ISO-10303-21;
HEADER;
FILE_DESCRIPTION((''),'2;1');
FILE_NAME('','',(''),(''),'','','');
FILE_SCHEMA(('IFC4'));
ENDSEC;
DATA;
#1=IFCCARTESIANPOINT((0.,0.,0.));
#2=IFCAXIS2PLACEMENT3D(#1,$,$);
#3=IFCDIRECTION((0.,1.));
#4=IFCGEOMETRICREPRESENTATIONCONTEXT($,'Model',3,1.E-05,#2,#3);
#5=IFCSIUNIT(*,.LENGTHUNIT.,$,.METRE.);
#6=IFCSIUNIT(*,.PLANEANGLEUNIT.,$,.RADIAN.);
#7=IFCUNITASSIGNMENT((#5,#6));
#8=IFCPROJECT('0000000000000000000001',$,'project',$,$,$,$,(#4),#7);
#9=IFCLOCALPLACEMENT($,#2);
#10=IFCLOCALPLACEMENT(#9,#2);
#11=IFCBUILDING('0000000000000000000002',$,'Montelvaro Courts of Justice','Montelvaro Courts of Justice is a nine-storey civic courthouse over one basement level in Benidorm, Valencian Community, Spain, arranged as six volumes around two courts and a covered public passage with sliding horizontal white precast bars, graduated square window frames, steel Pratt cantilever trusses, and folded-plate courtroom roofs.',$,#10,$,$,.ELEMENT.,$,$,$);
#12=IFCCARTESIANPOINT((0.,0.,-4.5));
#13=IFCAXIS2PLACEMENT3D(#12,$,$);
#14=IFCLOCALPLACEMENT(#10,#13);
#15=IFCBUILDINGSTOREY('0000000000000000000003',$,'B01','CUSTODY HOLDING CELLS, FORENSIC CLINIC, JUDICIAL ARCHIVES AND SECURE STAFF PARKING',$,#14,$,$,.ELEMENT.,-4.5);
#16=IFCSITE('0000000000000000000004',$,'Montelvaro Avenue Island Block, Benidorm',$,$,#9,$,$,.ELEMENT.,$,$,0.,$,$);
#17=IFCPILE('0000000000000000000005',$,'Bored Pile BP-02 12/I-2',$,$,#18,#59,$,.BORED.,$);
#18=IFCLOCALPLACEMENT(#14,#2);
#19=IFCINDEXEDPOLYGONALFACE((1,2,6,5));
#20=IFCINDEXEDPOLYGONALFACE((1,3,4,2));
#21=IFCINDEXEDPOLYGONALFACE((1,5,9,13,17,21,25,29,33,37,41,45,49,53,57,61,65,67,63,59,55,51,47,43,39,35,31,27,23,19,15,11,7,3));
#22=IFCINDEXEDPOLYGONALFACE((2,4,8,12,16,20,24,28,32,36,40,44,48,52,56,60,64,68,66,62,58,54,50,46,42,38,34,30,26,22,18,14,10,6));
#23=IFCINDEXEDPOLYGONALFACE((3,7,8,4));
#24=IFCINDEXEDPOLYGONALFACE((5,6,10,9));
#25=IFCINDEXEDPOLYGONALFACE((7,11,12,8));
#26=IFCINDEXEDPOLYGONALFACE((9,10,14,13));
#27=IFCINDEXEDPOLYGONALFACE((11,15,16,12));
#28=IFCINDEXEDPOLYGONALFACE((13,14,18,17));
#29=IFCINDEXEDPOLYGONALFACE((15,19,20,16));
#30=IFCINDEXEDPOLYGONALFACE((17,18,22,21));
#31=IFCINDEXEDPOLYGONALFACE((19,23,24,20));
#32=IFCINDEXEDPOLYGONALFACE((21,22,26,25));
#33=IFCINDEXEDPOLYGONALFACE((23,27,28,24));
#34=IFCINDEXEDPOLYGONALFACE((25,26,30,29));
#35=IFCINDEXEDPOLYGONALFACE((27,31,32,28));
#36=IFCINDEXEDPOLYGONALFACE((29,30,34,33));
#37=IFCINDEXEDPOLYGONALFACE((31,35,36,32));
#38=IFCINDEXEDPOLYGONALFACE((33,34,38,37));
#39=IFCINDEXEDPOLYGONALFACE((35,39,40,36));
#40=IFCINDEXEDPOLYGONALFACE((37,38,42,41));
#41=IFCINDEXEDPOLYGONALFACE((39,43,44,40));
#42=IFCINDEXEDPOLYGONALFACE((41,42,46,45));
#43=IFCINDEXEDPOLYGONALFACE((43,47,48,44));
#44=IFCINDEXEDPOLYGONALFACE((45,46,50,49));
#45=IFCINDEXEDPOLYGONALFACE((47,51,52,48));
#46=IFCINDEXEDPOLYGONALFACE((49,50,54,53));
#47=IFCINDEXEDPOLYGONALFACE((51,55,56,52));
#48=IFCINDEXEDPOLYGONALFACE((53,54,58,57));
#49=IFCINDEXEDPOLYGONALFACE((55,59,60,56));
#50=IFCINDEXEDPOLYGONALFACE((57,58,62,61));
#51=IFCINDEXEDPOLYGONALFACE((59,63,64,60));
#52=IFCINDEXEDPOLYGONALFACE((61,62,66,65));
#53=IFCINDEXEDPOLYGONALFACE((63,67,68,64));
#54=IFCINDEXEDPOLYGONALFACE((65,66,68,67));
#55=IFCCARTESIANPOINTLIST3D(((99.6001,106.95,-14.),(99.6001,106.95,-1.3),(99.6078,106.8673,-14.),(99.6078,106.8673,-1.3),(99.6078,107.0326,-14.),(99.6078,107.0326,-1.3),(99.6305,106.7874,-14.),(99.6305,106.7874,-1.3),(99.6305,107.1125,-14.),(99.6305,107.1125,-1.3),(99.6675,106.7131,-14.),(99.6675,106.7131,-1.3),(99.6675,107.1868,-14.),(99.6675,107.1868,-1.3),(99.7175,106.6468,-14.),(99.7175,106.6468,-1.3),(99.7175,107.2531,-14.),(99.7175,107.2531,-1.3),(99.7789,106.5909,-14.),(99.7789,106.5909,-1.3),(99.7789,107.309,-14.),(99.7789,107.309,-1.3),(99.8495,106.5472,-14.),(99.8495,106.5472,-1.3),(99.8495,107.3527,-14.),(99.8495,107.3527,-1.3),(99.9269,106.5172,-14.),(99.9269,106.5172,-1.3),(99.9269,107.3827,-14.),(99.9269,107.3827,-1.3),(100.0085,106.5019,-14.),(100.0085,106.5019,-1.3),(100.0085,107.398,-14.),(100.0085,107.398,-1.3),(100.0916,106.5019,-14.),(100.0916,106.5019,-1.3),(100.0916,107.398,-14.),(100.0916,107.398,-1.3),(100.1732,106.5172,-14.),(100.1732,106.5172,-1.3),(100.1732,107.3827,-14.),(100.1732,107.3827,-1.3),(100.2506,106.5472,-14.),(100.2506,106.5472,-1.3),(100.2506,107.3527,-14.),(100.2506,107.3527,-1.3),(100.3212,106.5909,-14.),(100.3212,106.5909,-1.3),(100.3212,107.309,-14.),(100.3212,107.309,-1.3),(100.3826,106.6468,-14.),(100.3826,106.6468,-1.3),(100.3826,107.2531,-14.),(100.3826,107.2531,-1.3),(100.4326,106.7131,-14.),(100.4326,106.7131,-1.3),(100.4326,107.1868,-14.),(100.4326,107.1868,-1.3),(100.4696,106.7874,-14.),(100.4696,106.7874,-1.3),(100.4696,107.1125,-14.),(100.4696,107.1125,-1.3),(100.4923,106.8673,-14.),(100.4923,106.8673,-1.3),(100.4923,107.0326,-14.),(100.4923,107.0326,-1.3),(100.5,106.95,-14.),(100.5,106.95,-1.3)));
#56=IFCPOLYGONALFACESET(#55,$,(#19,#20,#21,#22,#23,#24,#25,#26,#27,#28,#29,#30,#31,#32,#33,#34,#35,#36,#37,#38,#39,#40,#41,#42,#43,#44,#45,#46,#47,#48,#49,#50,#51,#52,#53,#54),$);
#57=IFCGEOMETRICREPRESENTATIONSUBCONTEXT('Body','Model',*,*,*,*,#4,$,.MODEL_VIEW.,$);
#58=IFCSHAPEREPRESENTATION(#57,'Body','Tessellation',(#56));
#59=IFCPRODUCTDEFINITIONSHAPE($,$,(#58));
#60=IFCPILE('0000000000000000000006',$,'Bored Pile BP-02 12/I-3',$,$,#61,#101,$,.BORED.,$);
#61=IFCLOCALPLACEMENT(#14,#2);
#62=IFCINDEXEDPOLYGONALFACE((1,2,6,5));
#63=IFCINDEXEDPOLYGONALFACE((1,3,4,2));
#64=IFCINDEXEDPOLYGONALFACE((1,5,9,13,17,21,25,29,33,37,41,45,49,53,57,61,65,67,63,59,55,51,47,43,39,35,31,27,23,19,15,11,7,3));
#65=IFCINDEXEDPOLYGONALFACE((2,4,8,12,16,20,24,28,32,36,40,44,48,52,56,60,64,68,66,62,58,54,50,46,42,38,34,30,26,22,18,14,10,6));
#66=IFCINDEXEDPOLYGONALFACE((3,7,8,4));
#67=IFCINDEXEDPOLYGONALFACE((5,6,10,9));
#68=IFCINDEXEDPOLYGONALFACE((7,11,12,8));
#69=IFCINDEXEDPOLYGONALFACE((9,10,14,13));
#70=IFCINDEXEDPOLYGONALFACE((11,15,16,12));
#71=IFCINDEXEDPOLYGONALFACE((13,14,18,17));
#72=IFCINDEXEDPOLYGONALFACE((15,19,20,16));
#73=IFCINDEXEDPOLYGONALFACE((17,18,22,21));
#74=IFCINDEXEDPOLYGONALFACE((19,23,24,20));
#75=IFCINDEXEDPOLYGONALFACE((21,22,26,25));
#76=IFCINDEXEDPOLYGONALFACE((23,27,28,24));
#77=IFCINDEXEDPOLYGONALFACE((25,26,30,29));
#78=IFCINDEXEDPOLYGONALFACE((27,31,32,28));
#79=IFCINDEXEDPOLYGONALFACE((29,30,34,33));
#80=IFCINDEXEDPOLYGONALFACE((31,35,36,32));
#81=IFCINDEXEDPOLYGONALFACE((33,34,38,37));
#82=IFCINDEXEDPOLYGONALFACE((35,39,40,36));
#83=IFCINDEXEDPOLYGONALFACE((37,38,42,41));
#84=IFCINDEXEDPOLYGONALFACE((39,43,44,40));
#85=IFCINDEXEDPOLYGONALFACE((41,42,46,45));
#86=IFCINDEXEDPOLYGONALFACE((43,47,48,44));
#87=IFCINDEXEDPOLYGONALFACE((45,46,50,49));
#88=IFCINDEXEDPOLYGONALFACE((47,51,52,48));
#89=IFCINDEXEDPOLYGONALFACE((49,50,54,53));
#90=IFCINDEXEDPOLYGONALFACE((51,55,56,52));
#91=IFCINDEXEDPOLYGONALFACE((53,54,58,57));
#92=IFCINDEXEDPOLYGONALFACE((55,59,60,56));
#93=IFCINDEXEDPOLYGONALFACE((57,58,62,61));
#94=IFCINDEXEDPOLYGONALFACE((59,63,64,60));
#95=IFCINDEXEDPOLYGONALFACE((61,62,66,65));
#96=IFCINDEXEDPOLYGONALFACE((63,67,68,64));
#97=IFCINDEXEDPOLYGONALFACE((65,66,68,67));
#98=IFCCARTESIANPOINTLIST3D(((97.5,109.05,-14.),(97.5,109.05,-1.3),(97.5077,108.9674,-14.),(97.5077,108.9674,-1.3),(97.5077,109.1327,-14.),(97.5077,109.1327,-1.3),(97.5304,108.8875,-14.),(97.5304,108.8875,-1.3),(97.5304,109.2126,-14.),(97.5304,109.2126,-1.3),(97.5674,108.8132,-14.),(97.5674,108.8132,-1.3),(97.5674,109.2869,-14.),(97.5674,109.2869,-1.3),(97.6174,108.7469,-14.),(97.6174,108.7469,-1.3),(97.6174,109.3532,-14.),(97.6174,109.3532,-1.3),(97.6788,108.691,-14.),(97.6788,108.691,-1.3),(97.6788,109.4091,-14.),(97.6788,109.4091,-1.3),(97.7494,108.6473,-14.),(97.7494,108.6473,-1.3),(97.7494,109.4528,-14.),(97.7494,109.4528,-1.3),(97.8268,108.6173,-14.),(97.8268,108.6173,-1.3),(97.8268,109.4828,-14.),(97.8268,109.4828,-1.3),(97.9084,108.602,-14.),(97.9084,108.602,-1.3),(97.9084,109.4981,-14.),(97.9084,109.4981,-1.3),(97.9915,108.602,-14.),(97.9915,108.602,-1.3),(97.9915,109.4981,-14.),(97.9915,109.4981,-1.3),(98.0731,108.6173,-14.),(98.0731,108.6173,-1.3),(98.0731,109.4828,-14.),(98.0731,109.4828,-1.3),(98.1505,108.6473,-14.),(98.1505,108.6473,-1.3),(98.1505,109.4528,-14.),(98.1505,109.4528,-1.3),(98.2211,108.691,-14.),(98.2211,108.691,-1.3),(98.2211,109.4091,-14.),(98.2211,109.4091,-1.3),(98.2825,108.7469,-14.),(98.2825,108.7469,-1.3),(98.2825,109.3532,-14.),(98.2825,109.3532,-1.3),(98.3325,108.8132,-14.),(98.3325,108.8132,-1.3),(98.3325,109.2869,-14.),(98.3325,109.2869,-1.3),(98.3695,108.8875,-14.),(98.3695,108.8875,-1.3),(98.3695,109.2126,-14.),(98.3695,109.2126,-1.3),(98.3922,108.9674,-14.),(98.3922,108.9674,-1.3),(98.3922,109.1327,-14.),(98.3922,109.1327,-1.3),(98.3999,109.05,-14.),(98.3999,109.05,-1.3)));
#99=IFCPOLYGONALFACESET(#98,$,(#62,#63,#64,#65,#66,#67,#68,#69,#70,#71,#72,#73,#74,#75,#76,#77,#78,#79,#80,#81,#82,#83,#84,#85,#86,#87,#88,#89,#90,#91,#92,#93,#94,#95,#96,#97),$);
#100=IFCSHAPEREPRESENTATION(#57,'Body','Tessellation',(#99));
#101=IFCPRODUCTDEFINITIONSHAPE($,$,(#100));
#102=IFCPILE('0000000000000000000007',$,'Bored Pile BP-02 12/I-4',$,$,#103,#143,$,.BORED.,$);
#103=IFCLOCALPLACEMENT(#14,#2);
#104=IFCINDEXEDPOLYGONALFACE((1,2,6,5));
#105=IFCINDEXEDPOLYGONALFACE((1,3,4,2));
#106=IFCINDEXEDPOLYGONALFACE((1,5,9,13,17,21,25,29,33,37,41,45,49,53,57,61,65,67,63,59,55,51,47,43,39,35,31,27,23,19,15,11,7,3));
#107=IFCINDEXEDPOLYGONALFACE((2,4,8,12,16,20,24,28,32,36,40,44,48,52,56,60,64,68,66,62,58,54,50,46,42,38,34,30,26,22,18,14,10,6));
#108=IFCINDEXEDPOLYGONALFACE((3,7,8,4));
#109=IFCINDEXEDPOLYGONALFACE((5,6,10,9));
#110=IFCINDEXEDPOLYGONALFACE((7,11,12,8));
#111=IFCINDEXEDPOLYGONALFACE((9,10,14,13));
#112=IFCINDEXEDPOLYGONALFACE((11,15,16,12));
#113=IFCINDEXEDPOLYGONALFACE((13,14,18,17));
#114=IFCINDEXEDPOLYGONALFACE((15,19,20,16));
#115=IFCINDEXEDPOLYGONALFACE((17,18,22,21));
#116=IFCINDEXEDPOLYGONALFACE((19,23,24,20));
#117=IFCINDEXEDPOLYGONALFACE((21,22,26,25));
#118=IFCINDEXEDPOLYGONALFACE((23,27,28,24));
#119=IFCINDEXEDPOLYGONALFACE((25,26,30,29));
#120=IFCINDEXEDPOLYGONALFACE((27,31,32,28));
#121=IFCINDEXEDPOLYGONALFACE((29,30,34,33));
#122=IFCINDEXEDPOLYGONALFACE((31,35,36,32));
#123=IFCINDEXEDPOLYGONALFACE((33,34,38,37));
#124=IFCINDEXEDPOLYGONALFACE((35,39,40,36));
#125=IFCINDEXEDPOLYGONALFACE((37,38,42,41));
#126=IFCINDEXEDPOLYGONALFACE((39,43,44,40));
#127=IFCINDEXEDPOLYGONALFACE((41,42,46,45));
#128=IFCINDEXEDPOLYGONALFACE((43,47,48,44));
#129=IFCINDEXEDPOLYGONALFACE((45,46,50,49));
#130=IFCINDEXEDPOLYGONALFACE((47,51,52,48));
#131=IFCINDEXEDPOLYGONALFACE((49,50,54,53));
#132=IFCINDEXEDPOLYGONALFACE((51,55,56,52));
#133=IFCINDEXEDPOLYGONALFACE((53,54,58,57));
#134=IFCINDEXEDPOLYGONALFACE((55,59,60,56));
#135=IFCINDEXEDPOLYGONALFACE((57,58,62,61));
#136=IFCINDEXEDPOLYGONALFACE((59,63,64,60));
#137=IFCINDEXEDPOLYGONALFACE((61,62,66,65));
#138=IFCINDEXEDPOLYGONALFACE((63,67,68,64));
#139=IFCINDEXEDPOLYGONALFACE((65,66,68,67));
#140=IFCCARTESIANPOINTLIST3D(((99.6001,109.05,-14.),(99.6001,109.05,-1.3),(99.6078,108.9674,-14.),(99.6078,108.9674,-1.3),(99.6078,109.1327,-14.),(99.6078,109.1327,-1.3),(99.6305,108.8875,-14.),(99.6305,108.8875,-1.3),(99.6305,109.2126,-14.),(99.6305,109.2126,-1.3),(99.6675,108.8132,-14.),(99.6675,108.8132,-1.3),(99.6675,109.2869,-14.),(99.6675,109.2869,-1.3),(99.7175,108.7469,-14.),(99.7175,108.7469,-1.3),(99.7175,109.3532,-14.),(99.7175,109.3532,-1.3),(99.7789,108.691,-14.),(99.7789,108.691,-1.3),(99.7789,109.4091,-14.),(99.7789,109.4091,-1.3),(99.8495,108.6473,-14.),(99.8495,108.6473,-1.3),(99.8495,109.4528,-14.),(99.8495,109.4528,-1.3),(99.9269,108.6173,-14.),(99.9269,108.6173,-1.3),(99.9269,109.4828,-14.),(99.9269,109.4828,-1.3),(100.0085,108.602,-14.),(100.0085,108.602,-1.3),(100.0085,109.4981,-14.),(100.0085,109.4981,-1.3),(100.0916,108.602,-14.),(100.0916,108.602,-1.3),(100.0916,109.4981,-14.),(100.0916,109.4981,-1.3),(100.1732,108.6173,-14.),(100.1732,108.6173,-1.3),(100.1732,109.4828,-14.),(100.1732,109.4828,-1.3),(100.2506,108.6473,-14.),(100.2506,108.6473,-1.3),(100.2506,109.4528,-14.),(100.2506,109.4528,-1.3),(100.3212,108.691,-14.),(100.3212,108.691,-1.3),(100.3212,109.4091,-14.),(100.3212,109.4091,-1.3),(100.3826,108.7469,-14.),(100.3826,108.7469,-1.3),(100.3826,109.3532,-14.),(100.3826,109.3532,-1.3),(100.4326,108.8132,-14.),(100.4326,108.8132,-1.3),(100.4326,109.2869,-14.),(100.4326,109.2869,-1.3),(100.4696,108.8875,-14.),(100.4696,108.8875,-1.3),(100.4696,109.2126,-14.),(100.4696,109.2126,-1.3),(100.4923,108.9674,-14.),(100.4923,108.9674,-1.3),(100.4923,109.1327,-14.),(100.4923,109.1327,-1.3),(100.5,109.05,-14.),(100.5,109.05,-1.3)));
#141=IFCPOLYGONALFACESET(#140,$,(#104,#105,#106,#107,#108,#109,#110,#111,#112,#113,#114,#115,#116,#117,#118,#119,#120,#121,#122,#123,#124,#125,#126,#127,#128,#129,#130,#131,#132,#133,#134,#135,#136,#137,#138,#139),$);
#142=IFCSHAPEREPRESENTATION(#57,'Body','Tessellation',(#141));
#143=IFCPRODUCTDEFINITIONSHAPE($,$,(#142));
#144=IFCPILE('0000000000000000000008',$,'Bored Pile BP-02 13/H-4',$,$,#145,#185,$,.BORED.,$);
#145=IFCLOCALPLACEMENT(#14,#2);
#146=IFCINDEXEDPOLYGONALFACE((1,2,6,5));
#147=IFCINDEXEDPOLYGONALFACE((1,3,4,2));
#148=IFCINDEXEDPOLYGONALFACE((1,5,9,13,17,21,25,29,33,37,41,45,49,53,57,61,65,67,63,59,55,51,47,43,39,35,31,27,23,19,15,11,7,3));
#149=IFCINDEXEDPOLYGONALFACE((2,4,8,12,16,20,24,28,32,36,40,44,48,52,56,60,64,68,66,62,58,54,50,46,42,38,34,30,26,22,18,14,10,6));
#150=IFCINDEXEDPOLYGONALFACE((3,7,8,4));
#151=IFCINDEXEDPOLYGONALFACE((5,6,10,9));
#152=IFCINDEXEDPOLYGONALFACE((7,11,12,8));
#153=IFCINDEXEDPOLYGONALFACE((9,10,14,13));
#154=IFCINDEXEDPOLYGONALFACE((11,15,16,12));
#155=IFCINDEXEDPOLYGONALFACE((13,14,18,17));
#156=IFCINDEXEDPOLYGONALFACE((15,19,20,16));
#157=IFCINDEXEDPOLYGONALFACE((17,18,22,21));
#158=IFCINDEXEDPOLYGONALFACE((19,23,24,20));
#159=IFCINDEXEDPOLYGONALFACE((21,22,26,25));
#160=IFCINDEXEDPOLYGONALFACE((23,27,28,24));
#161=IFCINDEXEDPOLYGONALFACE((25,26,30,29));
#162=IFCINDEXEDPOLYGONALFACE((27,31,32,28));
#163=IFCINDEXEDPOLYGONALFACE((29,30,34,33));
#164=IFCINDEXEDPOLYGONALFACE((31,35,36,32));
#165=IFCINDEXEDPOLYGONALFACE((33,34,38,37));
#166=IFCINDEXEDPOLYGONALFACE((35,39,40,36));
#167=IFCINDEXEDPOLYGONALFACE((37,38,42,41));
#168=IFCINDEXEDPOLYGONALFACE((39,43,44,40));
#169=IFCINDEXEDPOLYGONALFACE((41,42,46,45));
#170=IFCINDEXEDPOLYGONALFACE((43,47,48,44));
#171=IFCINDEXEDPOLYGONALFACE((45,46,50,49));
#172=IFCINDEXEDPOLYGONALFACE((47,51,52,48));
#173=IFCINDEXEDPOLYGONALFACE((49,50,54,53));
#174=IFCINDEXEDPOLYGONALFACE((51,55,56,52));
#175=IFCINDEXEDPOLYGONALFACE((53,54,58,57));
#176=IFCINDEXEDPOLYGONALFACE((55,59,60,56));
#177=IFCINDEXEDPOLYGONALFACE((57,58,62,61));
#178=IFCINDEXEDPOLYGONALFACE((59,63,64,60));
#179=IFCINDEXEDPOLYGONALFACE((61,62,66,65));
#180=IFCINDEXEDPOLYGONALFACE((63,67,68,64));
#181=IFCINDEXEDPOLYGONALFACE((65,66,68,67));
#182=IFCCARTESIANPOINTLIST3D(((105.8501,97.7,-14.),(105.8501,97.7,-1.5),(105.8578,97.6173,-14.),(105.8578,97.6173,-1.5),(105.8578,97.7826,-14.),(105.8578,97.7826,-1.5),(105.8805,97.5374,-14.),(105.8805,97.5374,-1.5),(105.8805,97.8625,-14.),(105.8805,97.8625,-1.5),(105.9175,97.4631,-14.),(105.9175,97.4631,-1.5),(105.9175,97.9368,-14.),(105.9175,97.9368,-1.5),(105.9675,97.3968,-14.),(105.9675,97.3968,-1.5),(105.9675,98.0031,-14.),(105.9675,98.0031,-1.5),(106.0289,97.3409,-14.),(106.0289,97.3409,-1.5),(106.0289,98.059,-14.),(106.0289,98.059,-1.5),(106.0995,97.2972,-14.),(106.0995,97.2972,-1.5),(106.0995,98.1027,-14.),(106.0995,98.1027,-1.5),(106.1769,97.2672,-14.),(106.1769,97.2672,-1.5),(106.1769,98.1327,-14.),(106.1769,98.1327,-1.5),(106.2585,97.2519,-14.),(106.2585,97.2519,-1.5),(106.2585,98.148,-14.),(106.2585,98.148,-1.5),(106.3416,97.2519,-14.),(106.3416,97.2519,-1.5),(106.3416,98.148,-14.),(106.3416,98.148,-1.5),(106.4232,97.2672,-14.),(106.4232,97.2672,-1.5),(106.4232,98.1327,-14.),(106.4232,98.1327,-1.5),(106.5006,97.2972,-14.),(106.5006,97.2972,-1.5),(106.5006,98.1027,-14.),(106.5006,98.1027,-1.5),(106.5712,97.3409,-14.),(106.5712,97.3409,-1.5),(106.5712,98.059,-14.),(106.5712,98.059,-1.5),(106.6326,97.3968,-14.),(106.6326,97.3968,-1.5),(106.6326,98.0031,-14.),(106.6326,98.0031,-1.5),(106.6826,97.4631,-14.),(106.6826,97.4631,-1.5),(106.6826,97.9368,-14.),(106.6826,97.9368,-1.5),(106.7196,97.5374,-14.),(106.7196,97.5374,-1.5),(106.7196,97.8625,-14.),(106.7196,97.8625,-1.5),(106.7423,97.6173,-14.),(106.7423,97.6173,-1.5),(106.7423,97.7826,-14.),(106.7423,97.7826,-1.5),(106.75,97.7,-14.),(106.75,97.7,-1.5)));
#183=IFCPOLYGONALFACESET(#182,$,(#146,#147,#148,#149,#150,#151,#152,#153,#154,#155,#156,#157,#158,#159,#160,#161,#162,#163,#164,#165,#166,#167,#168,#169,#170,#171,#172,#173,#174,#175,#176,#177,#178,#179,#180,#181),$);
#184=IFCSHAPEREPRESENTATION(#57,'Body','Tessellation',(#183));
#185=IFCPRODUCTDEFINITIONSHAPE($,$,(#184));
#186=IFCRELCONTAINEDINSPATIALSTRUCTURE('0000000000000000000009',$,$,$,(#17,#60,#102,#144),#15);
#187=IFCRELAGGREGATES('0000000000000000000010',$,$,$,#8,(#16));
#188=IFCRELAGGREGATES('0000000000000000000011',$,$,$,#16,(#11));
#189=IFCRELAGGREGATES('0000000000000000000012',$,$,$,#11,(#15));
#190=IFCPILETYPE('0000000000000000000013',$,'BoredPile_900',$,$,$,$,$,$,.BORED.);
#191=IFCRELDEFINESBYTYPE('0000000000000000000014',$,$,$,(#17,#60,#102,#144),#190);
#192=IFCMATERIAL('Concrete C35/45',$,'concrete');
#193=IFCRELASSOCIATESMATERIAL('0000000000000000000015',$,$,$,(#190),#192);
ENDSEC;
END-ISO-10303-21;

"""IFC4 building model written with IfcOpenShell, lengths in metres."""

from ifc_helpers import new_model, si_unit, direction, frame, origin, origin_2d, place, context, subcontext, project, spatial, circle, extrude, material, material_profile, profile_set, type_object, element, save


model = new_model("IFC4")

# Units and contexts
model_context = context("Model", 3, precision=1e-05, world=origin(), true_north=direction((0.0, 1.0)))
body_context = subcontext(model_context, "Body", "Model", "MODEL_VIEW")
ifc_project = project(units=[si_unit("LENGTHUNIT", "METRE"), si_unit("PLANEANGLEUNIT", "RADIAN")], contexts=[model_context])

# Site, building, storey
site_placement = place(None, origin())
site = spatial("IfcSite", under=ifc_project, at=site_placement, Name="Montelvaro Avenue Island Block, Benidorm", CompositionType="ELEMENT", RefElevation=0.0)
building_placement = place(site_placement, origin())
building = spatial("IfcBuilding", under=site, at=building_placement, Name="Montelvaro Courts of Justice", Description="Montelvaro Courts of Justice is a nine-storey civic courthouse over one basement level in Benidorm, Valencian Community, Spain, arranged as six volumes around two courts and a covered public passage with sliding horizontal white precast bars, graduated square window frames, steel Pratt cantilever trusses, and folded-plate courtroom roofs.", CompositionType="ELEMENT")
storey_placement = place(building_placement, frame((0.0, 0.0, -4.5)))
storey = spatial("IfcBuildingStorey", under=building, at=storey_placement, Name="B01", Description="CUSTODY HOLDING CELLS, FORENSIC CLINIC, JUDICIAL ARCHIVES AND SECURE STAFF PARKING", CompositionType="ELEMENT", Elevation=-4.5)

# Piles
ifc_material_1 = material(Name="Concrete C35/45", Category="concrete")
ifc_material_profile_1 = material_profile(ifc_material_1, circle(Radius=0.45, at=origin_2d()), Name="BORED PILE D900")
ifc_profile_set_1 = profile_set([ifc_material_profile_1], Name="Concrete C35/45")
pile_type_1 = type_object("IfcPileType", Name="BoredPile_900", PredefinedType="BORED", material=ifc_profile_set_1)
for number, where, z_axis, x_axis, name in (
    (1, (100.05, 106.95, -1.3), (0.0, 0.0, -1.0), (1.0, 0.0, 0.0), "Bored Pile BP-02 12/I-2"),
    (2, (97.95, 109.05, -1.3), (0.0, 0.0, -1.0), (1.0, 0.0, 0.0), "Bored Pile BP-02 12/I-3"),
    (3, (100.05, 109.05, -1.3), (0.0, 0.0, -1.0), (1.0, 0.0, 0.0), "Bored Pile BP-02 12/I-4"),
):
    element("IfcPile", number, at=place(storey_placement, frame(where, z_axis=z_axis, x_axis=x_axis)), inside=storey, type_object=pile_type_1, Name=name, PredefinedType="BORED", context=body_context, shape_type="SweptSolid", body=[
        extrude(circle(Radius=0.45, at=origin_2d()), origin(), (0.0, 0.0, 1.0), 12.7),
    ])
pile_1_placement = place(storey_placement, frame((106.3, 97.7, -1.5), z_axis=(0.0, 0.0, -1.0), x_axis=(1.0, 0.0, 0.0)))
element("IfcPile", 4, at=pile_1_placement, inside=storey, type_object=pile_type_1, Name="Bored Pile BP-02 13/H-4", PredefinedType="BORED", context=body_context, shape_type="SweptSolid", body=[
    extrude(circle(Radius=0.45, at=origin_2d()), origin(), (0.0, 0.0, 1.0), 12.5),
])

save(model, "model.ifc")
